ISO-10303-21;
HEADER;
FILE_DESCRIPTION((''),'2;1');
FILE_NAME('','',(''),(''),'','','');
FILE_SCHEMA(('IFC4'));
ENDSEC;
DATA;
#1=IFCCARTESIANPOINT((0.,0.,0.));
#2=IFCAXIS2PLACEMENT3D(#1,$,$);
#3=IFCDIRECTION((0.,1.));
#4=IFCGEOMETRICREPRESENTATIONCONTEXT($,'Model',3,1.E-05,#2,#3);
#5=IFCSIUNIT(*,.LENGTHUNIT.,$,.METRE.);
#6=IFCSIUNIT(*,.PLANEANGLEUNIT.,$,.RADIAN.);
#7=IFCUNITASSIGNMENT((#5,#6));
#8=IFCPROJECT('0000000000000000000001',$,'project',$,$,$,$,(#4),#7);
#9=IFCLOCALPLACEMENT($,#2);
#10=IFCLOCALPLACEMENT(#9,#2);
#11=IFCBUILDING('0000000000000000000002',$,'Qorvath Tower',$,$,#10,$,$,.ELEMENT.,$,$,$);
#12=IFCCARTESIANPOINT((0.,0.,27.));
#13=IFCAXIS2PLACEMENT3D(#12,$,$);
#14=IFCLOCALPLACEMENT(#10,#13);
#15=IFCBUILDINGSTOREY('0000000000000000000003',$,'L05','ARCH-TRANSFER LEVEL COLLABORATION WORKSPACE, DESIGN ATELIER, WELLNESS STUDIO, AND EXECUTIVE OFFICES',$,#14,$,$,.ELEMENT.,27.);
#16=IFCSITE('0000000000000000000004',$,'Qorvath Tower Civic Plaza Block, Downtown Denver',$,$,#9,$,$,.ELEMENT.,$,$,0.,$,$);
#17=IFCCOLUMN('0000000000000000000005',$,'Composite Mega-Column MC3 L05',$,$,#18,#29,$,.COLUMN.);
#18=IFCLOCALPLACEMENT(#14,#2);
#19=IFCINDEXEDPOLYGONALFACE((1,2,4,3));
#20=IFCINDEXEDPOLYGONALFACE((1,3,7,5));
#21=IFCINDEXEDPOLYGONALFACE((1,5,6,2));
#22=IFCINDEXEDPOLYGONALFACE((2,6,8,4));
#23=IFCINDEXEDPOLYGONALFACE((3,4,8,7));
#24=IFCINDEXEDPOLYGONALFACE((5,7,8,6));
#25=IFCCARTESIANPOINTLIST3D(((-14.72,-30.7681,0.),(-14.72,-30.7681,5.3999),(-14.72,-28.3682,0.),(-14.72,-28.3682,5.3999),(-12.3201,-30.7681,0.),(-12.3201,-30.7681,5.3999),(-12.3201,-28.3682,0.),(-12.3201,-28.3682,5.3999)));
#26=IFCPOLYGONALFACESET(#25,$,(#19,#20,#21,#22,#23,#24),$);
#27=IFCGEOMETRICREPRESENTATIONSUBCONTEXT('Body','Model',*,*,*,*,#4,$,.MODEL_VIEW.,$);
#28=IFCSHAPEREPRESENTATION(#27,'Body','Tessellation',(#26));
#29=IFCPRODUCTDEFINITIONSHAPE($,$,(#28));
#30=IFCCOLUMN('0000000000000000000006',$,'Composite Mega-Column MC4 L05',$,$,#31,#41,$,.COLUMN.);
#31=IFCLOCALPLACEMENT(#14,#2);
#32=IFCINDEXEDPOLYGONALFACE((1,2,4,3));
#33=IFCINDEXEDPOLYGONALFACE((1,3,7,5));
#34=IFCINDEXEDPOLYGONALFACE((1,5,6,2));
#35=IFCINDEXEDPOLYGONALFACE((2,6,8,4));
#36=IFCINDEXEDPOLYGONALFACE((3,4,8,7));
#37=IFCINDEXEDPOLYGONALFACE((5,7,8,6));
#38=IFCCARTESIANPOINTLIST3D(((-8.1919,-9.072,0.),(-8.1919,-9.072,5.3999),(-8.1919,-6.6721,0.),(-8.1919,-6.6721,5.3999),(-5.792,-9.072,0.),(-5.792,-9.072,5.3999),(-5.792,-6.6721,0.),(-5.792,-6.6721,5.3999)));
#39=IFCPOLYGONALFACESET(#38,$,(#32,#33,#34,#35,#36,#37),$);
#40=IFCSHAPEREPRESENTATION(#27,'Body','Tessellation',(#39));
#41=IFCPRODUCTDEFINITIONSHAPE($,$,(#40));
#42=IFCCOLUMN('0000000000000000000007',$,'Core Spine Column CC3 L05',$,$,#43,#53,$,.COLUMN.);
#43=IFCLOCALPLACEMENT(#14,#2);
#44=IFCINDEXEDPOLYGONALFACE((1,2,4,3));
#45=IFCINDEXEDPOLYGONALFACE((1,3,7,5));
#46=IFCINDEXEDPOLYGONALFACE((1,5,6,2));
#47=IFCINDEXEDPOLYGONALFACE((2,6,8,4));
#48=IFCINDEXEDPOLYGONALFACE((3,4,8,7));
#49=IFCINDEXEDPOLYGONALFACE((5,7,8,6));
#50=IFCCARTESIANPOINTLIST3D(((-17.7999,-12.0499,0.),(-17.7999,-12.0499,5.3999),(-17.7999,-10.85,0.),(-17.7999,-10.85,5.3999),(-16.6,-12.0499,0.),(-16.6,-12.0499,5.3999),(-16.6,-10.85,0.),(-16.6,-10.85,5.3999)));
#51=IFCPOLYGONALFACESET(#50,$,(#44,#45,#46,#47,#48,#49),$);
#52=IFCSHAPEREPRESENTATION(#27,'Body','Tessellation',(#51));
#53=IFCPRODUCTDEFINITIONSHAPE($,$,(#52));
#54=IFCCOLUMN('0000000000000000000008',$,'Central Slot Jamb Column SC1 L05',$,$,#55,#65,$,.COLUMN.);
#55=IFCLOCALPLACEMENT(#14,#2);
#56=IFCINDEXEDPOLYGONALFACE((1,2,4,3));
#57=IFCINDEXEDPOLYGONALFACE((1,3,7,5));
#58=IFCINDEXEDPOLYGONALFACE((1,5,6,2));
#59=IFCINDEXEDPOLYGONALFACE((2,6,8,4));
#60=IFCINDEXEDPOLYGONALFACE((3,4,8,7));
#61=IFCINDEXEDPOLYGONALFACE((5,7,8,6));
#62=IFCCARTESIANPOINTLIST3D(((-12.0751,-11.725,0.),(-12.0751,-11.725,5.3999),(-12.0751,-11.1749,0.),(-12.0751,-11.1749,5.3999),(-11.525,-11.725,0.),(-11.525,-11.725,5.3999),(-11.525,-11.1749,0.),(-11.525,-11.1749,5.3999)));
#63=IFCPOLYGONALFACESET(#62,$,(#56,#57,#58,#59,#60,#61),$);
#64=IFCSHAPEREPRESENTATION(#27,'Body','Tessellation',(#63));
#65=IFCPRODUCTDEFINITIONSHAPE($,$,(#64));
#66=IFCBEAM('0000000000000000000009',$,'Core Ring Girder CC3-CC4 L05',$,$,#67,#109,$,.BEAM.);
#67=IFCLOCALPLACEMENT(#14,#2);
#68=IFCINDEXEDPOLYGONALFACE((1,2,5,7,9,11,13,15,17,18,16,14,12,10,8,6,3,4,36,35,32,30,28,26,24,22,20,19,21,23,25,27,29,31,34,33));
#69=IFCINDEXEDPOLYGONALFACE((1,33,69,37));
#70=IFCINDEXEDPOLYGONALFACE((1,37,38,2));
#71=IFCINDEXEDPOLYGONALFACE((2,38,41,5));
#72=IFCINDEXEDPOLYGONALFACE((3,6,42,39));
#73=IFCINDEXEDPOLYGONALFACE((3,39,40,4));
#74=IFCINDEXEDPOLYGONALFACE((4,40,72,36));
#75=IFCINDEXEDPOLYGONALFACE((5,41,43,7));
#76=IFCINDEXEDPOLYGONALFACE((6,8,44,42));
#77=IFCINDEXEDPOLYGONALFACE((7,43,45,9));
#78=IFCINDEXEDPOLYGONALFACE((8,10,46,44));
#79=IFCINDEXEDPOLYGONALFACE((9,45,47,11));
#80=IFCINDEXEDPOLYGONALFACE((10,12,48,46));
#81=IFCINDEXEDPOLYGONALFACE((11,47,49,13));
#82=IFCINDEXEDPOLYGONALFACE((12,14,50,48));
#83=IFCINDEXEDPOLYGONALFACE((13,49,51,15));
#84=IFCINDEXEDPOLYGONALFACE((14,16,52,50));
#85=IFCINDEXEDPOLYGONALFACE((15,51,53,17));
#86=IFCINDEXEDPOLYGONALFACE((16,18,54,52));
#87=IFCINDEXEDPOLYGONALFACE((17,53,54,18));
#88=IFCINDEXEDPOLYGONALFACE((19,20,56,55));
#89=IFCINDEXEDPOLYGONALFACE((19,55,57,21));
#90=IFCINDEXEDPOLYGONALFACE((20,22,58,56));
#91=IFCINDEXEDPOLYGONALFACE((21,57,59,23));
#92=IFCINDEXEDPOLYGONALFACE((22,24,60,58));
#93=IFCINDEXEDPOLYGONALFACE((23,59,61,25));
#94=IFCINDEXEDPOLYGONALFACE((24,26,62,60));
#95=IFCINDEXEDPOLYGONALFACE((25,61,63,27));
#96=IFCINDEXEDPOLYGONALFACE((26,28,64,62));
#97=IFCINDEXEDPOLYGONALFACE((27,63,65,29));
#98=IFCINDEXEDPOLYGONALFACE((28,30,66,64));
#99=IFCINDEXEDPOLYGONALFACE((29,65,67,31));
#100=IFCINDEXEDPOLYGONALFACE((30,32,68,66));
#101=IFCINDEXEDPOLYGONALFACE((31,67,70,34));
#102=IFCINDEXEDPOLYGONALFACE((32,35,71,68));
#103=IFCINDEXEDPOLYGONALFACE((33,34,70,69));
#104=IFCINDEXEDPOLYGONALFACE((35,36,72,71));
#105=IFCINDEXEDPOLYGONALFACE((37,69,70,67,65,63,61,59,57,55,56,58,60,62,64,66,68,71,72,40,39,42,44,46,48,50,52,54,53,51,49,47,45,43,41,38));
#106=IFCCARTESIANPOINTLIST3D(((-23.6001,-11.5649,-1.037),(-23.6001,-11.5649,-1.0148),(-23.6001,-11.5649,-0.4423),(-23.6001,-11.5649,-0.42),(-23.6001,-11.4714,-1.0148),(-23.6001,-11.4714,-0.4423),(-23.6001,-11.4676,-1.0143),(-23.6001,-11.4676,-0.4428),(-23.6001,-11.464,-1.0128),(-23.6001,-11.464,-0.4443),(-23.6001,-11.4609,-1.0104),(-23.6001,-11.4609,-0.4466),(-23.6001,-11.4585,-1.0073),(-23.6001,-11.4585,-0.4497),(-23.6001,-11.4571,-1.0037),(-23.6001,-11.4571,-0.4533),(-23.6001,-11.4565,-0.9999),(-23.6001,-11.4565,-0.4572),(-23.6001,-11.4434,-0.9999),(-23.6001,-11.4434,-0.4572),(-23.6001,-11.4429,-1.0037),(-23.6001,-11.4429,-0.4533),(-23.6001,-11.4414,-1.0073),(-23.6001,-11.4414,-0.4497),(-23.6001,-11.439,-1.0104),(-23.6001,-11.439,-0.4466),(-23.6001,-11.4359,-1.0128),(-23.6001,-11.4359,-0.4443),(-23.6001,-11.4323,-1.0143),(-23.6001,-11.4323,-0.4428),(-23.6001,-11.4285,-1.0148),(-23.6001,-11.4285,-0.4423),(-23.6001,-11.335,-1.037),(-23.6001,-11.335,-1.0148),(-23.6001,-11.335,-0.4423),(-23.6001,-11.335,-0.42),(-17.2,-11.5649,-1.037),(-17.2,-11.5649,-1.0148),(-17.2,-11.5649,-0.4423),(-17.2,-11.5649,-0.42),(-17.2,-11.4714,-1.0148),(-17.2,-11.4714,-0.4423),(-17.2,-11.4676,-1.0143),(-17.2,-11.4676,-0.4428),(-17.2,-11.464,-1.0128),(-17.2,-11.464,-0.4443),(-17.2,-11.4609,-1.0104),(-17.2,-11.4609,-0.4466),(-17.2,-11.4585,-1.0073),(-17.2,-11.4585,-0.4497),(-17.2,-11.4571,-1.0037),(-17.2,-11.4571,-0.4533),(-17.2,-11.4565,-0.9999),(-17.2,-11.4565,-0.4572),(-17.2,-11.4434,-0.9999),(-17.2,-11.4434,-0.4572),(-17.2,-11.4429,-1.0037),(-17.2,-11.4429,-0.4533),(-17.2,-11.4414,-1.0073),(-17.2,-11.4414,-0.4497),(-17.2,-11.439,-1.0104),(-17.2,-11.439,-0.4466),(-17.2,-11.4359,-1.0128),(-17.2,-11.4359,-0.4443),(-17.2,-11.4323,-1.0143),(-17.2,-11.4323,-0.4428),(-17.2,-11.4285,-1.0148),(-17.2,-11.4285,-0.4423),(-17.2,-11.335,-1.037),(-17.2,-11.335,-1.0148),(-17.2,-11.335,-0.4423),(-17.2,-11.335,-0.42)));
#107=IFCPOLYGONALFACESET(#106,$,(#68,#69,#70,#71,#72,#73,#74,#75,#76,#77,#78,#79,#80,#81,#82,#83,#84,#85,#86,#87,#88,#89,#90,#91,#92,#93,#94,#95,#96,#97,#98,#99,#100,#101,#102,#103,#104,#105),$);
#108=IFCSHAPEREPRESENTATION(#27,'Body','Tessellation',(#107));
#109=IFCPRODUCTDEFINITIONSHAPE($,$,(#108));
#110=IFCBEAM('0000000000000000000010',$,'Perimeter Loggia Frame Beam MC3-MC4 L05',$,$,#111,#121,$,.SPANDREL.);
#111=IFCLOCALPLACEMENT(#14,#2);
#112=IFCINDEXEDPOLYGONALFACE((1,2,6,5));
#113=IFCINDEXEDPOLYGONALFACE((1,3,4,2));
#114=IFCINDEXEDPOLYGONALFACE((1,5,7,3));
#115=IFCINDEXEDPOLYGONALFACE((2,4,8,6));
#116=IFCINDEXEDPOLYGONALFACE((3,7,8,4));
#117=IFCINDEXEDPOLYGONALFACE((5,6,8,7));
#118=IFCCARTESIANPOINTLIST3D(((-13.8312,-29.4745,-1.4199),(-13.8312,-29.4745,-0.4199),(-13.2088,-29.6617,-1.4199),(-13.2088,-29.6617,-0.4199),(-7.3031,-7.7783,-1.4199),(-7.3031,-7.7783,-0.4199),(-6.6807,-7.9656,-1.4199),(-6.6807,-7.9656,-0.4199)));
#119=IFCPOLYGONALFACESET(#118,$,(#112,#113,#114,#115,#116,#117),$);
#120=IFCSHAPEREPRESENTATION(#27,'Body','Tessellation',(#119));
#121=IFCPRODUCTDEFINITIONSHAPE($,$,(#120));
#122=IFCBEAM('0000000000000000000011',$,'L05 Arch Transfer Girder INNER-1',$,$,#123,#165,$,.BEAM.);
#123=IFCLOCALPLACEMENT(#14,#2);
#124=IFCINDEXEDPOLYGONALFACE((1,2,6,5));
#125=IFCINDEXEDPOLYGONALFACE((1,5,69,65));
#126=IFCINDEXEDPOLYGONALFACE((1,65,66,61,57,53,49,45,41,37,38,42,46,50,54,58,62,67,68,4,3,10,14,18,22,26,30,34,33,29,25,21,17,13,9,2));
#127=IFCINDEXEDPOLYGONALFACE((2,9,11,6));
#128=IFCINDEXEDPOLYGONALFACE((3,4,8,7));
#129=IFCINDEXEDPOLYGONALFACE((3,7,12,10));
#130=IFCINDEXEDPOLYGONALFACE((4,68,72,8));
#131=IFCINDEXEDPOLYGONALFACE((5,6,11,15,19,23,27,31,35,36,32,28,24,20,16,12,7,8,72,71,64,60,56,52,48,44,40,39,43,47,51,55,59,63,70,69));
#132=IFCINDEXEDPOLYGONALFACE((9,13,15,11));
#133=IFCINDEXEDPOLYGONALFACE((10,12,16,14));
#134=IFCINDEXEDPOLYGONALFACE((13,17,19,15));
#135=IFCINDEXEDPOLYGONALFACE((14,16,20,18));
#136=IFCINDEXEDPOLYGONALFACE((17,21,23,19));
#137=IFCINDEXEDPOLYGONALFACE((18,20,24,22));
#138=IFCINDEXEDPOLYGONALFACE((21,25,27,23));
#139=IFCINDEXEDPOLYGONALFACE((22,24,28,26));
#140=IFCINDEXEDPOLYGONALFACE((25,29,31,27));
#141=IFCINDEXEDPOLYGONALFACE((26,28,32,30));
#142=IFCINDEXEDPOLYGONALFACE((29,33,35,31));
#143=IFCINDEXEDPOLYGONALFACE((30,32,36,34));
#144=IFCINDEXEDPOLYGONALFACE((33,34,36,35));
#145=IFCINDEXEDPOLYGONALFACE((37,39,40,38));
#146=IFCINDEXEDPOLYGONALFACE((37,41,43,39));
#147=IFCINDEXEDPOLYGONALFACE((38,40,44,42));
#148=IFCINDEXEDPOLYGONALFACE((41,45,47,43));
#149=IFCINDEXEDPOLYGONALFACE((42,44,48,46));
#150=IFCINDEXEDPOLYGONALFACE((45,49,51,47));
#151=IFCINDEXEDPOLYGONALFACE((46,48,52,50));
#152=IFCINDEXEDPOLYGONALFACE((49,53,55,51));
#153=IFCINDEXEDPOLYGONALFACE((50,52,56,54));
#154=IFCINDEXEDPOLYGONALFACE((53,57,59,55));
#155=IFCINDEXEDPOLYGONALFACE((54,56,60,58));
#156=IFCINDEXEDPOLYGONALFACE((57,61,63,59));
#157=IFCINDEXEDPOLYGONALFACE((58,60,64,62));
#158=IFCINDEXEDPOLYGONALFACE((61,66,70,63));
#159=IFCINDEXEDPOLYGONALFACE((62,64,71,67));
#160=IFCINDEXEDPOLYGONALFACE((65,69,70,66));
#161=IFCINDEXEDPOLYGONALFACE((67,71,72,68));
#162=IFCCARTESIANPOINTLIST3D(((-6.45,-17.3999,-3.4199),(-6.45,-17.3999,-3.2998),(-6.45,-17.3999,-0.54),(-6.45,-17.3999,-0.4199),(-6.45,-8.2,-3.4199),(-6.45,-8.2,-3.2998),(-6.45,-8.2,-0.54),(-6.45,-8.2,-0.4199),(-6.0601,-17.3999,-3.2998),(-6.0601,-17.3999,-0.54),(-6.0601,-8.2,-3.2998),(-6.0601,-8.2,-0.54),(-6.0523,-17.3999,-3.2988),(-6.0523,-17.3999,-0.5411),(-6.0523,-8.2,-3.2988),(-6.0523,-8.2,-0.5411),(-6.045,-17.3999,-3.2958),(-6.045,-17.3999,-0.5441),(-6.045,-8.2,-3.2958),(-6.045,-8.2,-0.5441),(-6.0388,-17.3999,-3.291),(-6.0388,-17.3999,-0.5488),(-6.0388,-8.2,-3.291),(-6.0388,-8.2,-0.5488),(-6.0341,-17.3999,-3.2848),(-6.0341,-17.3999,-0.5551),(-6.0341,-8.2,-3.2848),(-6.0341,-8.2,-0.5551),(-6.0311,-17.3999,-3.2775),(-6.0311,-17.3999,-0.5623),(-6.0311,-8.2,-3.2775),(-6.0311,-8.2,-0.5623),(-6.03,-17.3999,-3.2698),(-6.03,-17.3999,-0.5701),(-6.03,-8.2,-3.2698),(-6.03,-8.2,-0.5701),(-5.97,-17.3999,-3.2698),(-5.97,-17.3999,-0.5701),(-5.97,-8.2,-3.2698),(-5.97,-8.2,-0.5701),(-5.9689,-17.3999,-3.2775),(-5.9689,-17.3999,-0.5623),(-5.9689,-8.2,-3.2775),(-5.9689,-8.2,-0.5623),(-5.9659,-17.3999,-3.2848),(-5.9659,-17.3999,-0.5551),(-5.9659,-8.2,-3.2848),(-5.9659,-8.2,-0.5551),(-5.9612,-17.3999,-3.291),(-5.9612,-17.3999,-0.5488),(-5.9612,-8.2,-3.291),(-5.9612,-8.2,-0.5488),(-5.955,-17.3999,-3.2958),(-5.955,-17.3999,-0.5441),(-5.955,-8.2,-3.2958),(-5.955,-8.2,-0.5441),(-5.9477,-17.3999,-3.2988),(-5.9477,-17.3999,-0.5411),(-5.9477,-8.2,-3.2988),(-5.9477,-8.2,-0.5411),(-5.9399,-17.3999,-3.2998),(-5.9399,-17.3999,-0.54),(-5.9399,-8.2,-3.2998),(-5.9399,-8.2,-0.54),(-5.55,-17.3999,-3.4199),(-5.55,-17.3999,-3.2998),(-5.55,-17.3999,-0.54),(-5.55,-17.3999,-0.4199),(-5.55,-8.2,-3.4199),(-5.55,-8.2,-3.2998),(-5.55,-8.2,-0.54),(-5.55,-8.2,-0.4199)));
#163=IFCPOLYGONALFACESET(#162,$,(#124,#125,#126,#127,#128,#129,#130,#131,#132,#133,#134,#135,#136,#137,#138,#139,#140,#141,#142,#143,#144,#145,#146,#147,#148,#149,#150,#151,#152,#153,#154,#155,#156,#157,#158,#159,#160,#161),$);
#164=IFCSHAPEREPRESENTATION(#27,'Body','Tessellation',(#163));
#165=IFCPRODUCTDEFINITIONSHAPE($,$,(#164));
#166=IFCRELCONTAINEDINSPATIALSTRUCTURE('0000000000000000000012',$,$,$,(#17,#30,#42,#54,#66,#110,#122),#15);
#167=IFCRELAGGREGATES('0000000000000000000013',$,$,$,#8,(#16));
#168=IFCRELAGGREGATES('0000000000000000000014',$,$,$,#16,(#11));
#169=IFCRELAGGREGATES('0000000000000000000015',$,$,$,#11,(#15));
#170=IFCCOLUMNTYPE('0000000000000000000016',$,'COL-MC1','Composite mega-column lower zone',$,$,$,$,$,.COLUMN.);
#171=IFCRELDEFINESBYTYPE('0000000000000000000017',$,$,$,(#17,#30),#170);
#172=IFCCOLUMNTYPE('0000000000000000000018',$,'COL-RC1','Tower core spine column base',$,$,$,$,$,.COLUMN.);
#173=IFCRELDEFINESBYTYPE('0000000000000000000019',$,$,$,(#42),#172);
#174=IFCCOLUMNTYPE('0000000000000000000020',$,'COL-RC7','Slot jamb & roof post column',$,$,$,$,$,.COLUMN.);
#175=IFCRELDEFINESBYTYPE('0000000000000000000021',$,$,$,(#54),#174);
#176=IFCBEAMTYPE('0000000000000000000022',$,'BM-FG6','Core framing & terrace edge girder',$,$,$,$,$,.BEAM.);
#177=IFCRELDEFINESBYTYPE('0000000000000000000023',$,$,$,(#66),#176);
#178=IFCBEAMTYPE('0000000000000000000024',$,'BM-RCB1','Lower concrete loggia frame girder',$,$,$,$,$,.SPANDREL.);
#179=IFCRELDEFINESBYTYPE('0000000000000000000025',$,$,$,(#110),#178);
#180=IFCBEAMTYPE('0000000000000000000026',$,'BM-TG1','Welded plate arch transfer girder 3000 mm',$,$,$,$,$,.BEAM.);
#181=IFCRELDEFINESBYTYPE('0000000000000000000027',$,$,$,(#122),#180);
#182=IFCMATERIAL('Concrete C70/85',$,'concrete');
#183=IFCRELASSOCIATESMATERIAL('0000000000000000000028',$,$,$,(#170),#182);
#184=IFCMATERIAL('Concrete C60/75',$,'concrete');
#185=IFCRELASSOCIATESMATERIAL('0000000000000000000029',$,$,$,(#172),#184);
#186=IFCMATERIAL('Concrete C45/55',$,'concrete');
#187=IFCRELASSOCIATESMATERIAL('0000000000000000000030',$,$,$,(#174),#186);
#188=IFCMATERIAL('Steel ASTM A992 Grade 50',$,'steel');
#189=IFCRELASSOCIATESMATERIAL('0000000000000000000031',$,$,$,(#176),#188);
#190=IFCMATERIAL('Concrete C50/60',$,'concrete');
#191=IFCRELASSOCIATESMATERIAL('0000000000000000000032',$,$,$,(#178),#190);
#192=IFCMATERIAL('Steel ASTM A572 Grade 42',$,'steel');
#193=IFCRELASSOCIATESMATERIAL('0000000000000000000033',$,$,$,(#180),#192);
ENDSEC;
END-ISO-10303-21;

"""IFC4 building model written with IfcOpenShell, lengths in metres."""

from ifc_helpers import new_model, si_unit, direction, frame, origin, origin_2d, place, context, subcontext, project, spatial, rectangle, i_section, extrude, material, material_profile, profile_set, type_object, element, save


model = new_model("IFC4")

# Units and contexts
model_context = context("Model", 3, precision=1e-05, world=origin(), true_north=direction((0.0, 1.0)))
body_context = subcontext(model_context, "Body", "Model", "MODEL_VIEW")
ifc_project = project(units=[si_unit("LENGTHUNIT", "METRE"), si_unit("PLANEANGLEUNIT", "RADIAN")], contexts=[model_context])

# Site, building, storey
site_placement = place(None, origin())
site = spatial("IfcSite", under=ifc_project, at=site_placement, Name="Qorvath Tower Civic Plaza Block, Downtown Denver", CompositionType="ELEMENT", RefElevation=0.0)
building_placement = place(site_placement, origin())
building = spatial("IfcBuilding", under=site, at=building_placement, Name="Qorvath Tower", CompositionType="ELEMENT")
storey_placement = place(building_placement, frame((0.0, 0.0, 27.0)))
storey = spatial("IfcBuildingStorey", under=building, at=storey_placement, Name="L05", Description="ARCH-TRANSFER LEVEL COLLABORATION WORKSPACE, DESIGN ATELIER, WELLNESS STUDIO, AND EXECUTIVE OFFICES", CompositionType="ELEMENT", Elevation=27.0)

# Columns
ifc_material_1 = material(Name="Concrete C70/85", Category="concrete")
ifc_material_profile_1 = material_profile(ifc_material_1, rectangle(XDim=2.3999, YDim=2.3999, at=origin_2d()), Name="MC 2400x2400")
ifc_profile_set_1 = profile_set([ifc_material_profile_1], Name="Concrete C70/85")
column_type_1 = type_object("IfcColumnType", Name="COL-MC1", Description="Composite mega-column lower zone", PredefinedType="COLUMN", material=ifc_profile_set_1)
for number, where, z_axis, x_axis, name in (
    (1, (-13.52, -29.5681, 0.0), (0.0, 0.0, 1.0), (1.0, 0.0, 0.0), "Composite Mega-Column MC3 L05"),
    (2, (-6.9919, -7.8721, 0.0), (0.0, 0.0, 1.0), (1.0, 0.0, 0.0), "Composite Mega-Column MC4 L05"),
):
    element("IfcColumn", number, at=place(storey_placement, frame(where, z_axis=z_axis, x_axis=x_axis)), inside=storey, type_object=column_type_1, Name=name, PredefinedType="COLUMN", context=body_context, shape_type="SweptSolid", body=[
        extrude(rectangle(XDim=2.3999, YDim=2.3999, at=origin_2d()), origin(), (0.0, 0.0, 1.0), 5.3999),
    ])
ifc_material_2 = material(Name="Concrete C60/75", Category="concrete")
ifc_material_profile_2 = material_profile(ifc_material_2, rectangle(XDim=1.2, YDim=1.2, at=origin_2d()), Name="RC 1200x1200")
ifc_profile_set_2 = profile_set([ifc_material_profile_2], Name="Concrete C60/75")
column_type_2 = type_object("IfcColumnType", Name="COL-RC1", Description="Tower core spine column base", PredefinedType="COLUMN", material=ifc_profile_set_2)
column_1_placement = place(storey_placement, frame((-17.2, -11.45, 0.0), z_axis=(0.0, 0.0, 1.0), x_axis=(1.0, 0.0, 0.0)))
element("IfcColumn", 3, at=column_1_placement, inside=storey, type_object=column_type_2, Name="Core Spine Column CC3 L05", PredefinedType="COLUMN", context=body_context, shape_type="SweptSolid", body=[
    extrude(rectangle(XDim=1.2, YDim=1.2, at=origin_2d()), origin(), (0.0, 0.0, 1.0), 5.3999),
])
ifc_material_3 = material(Name="Concrete C45/55", Category="concrete")
ifc_material_profile_3 = material_profile(ifc_material_3, rectangle(XDim=0.55, YDim=0.55, at=origin_2d()), Name="RC 550x550")
ifc_profile_set_3 = profile_set([ifc_material_profile_3], Name="Concrete C45/55")
column_type_3 = type_object("IfcColumnType", Name="COL-RC7", Description="Slot jamb & roof post column", PredefinedType="COLUMN", material=ifc_profile_set_3)
column_2_placement = place(storey_placement, frame((-11.8, -11.45, 0.0), z_axis=(0.0, 0.0, 1.0), x_axis=(1.0, 0.0, 0.0)))
element("IfcColumn", 4, at=column_2_placement, inside=storey, type_object=column_type_3, Name="Central Slot Jamb Column SC1 L05", PredefinedType="COLUMN", context=body_context, shape_type="SweptSolid", body=[
    extrude(rectangle(XDim=0.55, YDim=0.55, at=origin_2d()), origin(), (0.0, 0.0, 1.0), 5.3999),
])

# Beams
ifc_material_4 = material(Name="Steel ASTM A992 Grade 50", Category="steel")
ifc_material_profile_4 = material_profile(ifc_material_4, i_section(OverallWidth=0.23, OverallDepth=0.6169, WebThickness=0.0132, FlangeThickness=0.0222, FilletRadius=0.0149, at=origin_2d()), Name="W24x94")
ifc_profile_set_4 = profile_set([ifc_material_profile_4], Name="Steel ASTM A992 Grade 50")
beam_type_1 = type_object("IfcBeamType", Name="BM-FG6", Description="Core framing & terrace edge girder", PredefinedType="BEAM", material=ifc_profile_set_4)
beam_1_placement = place(storey_placement, frame((-17.2, -11.45, -0.7285), z_axis=(-1.0, 0.0, 0.0), x_axis=(0.0, -1.0, 0.0)))
element("IfcBeam", 5, at=beam_1_placement, inside=storey, type_object=beam_type_1, Name="Core Ring Girder CC3-CC4 L05", PredefinedType="BEAM", context=body_context, shape_type="SweptSolid", body=[
    extrude(i_section(OverallWidth=0.23, OverallDepth=0.6169, WebThickness=0.0132, FlangeThickness=0.0222, FilletRadius=0.0149, at=origin_2d()), origin(), (0.0, 0.0, 1.0), 6.4001),
])
ifc_material_5 = material(Name="Concrete C50/60", Category="concrete")
ifc_material_profile_5 = material_profile(ifc_material_5, rectangle(XDim=0.6499, YDim=1.0, at=origin_2d()), Name="RCB 1000x650")
ifc_profile_set_5 = profile_set([ifc_material_profile_5], Name="Concrete C50/60")
beam_type_2 = type_object("IfcBeamType", Name="BM-RCB1", Description="Lower concrete loggia frame girder", PredefinedType="SPANDREL", material=ifc_profile_set_5)
beam_2_placement = place(storey_placement, frame((-13.52, -29.5681, -0.9199), z_axis=(0.288128, 0.957592, 0.0), x_axis=(-0.957592, 0.288128, 0.0)))
element("IfcBeam", 6, at=beam_2_placement, inside=storey, type_object=beam_type_2, Name="Perimeter Loggia Frame Beam MC3-MC4 L05", PredefinedType="SPANDREL", context=body_context, shape_type="SweptSolid", body=[
    extrude(rectangle(XDim=0.6499, YDim=1.0, at=origin_2d()), origin(), (0.0, 0.0, 1.0), 22.657),
])
ifc_material_6 = material(Name="Steel ASTM A572 Grade 42", Category="steel")
ifc_material_profile_6 = material_profile(ifc_material_6, i_section(OverallWidth=0.8999, OverallDepth=3.0, WebThickness=0.0601, FlangeThickness=0.1201, FilletRadius=0.03, at=origin_2d()), Name="WTG 3000x900")
ifc_profile_set_6 = profile_set([ifc_material_profile_6], Name="Steel ASTM A572 Grade 42")
beam_type_3 = type_object("IfcBeamType", Name="BM-TG1", Description="Welded plate arch transfer girder 3000 mm", PredefinedType="BEAM", material=ifc_profile_set_6)
beam_3_placement = place(storey_placement, frame((-6.0, -17.3999, -1.9199), z_axis=(0.0, 1.0, 0.0), x_axis=(-1.0, 0.0, 0.0)))
element("IfcBeam", 7, at=beam_3_placement, inside=storey, type_object=beam_type_3, Name="L05 Arch Transfer Girder INNER-1", PredefinedType="BEAM", context=body_context, shape_type="SweptSolid", body=[
    extrude(i_section(OverallWidth=0.8999, OverallDepth=3.0, WebThickness=0.0601, FlangeThickness=0.1201, FilletRadius=0.03, at=origin_2d()), origin(), (0.0, 0.0, 1.0), 9.2),
])

save(model, "model.ifc")
